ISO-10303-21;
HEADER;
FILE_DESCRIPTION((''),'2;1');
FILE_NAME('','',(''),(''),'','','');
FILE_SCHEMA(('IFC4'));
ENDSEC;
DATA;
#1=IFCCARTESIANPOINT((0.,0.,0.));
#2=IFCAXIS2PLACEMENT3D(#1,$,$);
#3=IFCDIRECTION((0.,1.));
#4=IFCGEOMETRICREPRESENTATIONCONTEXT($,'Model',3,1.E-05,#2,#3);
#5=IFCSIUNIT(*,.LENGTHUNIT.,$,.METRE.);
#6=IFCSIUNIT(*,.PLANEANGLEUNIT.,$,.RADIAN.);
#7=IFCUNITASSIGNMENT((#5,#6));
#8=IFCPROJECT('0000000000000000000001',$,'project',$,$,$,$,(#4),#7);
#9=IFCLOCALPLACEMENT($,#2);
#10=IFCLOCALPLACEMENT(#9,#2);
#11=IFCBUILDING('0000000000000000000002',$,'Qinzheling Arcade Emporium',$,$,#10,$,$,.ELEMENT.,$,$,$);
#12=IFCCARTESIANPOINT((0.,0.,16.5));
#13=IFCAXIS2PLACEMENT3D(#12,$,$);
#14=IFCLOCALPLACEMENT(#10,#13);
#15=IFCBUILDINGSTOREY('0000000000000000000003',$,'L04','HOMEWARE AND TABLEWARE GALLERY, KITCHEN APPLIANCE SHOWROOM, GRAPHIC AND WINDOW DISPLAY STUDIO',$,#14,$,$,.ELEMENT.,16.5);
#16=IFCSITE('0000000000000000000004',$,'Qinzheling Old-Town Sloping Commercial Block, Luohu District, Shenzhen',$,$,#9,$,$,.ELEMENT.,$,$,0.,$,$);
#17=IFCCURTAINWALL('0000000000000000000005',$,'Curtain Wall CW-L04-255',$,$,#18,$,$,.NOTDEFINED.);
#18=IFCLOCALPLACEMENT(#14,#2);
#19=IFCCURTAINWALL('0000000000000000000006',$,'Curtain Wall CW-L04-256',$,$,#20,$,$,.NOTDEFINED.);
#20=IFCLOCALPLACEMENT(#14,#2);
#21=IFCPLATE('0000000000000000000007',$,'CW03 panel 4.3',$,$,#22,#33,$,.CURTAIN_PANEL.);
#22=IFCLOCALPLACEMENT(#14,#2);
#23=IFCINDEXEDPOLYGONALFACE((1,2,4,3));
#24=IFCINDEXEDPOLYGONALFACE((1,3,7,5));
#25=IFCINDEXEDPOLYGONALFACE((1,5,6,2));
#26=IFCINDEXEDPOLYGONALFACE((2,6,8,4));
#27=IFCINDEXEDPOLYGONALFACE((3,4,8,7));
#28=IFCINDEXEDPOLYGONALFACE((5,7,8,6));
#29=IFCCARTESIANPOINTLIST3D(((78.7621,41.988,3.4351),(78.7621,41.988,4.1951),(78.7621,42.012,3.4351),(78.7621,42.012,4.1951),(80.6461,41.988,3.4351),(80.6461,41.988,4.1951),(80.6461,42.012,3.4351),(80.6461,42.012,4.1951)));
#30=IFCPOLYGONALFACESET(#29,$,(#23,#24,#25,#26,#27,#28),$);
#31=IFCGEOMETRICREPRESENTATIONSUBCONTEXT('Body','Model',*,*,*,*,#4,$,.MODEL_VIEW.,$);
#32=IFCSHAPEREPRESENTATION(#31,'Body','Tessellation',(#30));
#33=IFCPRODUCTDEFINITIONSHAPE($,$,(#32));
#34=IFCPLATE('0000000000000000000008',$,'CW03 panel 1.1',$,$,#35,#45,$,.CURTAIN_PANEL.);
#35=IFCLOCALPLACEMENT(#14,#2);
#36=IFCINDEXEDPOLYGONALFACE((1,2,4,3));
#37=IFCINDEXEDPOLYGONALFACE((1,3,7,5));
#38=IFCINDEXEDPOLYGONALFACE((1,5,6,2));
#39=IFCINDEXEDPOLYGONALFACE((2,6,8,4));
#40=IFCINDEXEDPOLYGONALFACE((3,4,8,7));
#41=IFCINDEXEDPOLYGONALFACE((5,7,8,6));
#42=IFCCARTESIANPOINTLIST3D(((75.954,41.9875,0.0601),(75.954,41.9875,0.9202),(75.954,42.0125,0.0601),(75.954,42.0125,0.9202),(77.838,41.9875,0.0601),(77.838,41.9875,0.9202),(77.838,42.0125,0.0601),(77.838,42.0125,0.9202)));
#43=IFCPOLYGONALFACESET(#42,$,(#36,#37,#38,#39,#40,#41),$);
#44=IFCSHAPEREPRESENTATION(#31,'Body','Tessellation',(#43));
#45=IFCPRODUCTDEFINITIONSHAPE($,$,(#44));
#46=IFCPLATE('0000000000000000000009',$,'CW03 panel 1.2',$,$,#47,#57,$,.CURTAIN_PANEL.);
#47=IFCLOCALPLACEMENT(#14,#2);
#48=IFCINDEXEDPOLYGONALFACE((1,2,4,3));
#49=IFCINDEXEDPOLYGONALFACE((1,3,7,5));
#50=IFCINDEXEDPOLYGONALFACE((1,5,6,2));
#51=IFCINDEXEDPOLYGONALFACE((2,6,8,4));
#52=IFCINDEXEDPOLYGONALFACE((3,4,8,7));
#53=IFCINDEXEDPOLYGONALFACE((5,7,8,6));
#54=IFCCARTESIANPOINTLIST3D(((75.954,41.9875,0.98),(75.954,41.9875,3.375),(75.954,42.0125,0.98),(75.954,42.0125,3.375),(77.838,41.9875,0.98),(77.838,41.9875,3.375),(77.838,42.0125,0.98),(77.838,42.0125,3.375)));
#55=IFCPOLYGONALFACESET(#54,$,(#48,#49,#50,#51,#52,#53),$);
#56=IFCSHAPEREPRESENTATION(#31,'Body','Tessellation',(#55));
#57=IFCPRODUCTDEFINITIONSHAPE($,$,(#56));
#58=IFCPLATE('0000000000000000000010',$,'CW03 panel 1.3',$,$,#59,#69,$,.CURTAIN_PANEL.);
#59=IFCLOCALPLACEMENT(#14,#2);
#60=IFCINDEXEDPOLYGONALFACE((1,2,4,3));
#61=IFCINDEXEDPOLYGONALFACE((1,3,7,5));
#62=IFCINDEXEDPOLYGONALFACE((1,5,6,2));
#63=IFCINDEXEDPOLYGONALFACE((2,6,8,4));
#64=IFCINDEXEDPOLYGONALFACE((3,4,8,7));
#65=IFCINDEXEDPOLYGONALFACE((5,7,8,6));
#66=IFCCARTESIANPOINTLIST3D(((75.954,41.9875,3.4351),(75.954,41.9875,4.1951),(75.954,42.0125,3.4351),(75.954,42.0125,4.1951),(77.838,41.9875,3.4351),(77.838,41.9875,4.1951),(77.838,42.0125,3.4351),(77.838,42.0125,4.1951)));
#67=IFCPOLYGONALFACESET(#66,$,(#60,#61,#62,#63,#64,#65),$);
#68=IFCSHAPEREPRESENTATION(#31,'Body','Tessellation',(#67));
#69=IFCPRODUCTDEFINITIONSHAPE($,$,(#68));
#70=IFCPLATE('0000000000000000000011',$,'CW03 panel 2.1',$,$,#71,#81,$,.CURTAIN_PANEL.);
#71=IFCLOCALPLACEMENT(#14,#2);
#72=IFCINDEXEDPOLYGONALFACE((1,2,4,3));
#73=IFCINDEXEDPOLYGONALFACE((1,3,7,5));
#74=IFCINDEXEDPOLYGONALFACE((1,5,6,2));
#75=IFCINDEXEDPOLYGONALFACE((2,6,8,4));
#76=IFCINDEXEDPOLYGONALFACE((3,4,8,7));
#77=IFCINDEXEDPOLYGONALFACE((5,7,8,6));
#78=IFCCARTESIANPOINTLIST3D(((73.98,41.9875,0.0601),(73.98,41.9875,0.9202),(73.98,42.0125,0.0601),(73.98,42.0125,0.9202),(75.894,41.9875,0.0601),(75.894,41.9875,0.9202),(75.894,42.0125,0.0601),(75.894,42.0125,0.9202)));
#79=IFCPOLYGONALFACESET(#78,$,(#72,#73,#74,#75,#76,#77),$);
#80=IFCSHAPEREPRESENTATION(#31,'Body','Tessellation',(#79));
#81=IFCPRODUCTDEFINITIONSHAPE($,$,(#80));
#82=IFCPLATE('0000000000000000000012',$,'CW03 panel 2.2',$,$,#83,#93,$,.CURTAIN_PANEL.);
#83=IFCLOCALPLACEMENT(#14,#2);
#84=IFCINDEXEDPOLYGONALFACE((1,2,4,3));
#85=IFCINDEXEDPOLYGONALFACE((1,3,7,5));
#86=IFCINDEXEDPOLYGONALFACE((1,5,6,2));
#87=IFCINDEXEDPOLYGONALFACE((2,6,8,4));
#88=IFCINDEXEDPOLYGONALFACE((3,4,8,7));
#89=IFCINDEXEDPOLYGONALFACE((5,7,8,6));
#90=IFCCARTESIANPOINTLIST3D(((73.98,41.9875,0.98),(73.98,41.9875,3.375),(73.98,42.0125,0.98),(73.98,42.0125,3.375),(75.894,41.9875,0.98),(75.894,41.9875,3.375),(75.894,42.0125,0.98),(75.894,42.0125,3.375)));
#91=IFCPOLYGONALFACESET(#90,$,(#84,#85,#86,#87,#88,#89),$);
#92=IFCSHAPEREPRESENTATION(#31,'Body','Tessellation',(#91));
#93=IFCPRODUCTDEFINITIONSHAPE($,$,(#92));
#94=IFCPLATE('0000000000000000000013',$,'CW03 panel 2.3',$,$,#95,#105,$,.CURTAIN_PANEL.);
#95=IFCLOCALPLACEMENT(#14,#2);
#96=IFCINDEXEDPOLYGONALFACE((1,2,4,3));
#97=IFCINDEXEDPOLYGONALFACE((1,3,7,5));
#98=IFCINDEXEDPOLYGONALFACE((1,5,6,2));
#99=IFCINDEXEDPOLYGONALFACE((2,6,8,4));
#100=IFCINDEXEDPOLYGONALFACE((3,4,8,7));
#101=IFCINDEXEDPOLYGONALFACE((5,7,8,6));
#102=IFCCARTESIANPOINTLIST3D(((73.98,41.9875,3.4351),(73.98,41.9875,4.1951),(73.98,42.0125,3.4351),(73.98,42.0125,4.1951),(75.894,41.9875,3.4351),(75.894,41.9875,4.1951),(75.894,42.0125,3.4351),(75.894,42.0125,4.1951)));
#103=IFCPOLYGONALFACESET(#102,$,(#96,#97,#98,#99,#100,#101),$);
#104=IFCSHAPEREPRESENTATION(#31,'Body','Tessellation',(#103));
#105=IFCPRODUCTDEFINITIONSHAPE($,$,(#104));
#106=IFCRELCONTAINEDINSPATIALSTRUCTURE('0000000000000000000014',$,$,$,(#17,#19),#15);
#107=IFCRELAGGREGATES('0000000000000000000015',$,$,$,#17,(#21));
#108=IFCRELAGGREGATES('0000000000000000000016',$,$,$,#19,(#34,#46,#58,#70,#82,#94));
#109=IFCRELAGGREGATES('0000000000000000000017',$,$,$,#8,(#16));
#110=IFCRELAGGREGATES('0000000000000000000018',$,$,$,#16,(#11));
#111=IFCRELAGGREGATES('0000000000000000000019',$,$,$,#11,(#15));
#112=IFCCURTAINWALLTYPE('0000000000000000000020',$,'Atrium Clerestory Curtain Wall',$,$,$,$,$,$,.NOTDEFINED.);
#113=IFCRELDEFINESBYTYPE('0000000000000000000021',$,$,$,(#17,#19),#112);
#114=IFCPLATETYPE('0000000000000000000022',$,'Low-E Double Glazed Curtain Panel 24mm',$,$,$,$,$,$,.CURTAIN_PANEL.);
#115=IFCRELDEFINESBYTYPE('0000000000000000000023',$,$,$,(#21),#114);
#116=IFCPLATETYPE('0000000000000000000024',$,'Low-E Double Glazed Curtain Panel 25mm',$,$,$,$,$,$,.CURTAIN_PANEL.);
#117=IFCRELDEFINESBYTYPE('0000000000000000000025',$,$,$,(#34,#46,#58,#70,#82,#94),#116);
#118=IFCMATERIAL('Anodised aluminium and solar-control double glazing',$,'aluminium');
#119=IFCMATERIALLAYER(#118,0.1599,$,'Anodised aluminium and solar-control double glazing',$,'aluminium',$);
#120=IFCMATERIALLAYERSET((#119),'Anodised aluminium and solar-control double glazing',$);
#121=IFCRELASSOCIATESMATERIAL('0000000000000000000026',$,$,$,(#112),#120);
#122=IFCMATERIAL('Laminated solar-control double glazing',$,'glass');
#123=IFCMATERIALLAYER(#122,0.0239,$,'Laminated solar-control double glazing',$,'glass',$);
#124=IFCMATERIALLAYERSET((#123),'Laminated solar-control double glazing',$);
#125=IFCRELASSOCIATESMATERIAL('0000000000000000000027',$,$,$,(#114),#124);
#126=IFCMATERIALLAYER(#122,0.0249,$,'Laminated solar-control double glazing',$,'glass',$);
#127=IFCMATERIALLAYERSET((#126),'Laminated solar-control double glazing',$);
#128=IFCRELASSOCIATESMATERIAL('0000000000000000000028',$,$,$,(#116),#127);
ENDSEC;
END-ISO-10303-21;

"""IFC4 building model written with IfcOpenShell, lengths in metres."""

from ifc_helpers import new_model, si_unit, direction, frame, origin, origin_2d, place, context, subcontext, project, spatial, rectangle, extrude, material, layer, layer_set, type_object, element, aggregate, save


model = new_model("IFC4")

# Units and contexts
model_context = context("Model", 3, precision=1e-05, world=origin(), true_north=direction((0.0, 1.0)))
body_context = subcontext(model_context, "Body", "Model", "MODEL_VIEW")
ifc_project = project(units=[si_unit("LENGTHUNIT", "METRE"), si_unit("PLANEANGLEUNIT", "RADIAN")], contexts=[model_context])

# Site, building, storey
site_placement = place(None, origin())
site = spatial("IfcSite", under=ifc_project, at=site_placement, Name="Qinzheling Old-Town Sloping Commercial Block, Luohu District, Shenzhen", CompositionType="ELEMENT", RefElevation=0.0)
building_placement = place(site_placement, origin())
building = spatial("IfcBuilding", under=site, at=building_placement, Name="Qinzheling Arcade Emporium", CompositionType="ELEMENT")
storey_placement = place(building_placement, frame((0.0, 0.0, 16.5)))
storey = spatial("IfcBuildingStorey", under=building, at=storey_placement, Name="L04", Description="HOMEWARE AND TABLEWARE GALLERY, KITCHEN APPLIANCE SHOWROOM, GRAPHIC AND WINDOW DISPLAY STUDIO", CompositionType="ELEMENT", Elevation=16.5)

# Curtain walls
ifc_material_1 = material(Name="Anodised aluminium and solar-control double glazing", Category="aluminium")
ifc_layer_1 = layer(ifc_material_1, 0.1599, Name="Anodised aluminium and solar-control double glazing", Category="aluminium")
ifc_layer_set_1 = layer_set([ifc_layer_1], Name="Anodised aluminium and solar-control double glazing")
curtain_wall_type = type_object("IfcCurtainWallType", Name="Atrium Clerestory Curtain Wall", PredefinedType="NOTDEFINED", material=ifc_layer_set_1)
curtain_wall_1_placement = place(storey_placement, origin())
curtain_wall_1 = element("IfcCurtainWall", 1, at=curtain_wall_1_placement, inside=storey, type_object=curtain_wall_type, Name="Curtain Wall CW-L04-255", PredefinedType="NOTDEFINED")
curtain_wall_2_placement = place(storey_placement, origin())
curtain_wall_2 = element("IfcCurtainWall", 2, at=curtain_wall_2_placement, inside=storey, type_object=curtain_wall_type, Name="Curtain Wall CW-L04-256", PredefinedType="NOTDEFINED")

# Plates
ifc_material_2 = material(Name="Laminated solar-control double glazing", Category="glass")
ifc_layer_2 = layer(ifc_material_2, 0.0239, Name="Laminated solar-control double glazing", Category="glass")
ifc_layer_set_2 = layer_set([ifc_layer_2], Name="Laminated solar-control double glazing")
plate_type_1 = type_object("IfcPlateType", Name="Low-E Double Glazed Curtain Panel 24mm", PredefinedType="CURTAIN_PANEL", material=ifc_layer_set_2)
plate_1_placement = place(storey_placement, frame((79.7041, 42.0, 3.4351), z_axis=(0.0, 0.0, 1.0), x_axis=(-1.0, 0.0, 0.0)))
plate_1 = element("IfcPlate", 3, at=plate_1_placement, type_object=plate_type_1, Name="CW03 panel 4.3", PredefinedType="CURTAIN_PANEL", context=body_context, shape_type="SweptSolid", body=[
    extrude(rectangle(XDim=1.884, YDim=0.0239, at=origin_2d()), origin(), (0.0, 0.0, 1.0), 0.76),
])
aggregate(curtain_wall_1, [plate_1])
ifc_layer_3 = layer(ifc_material_2, 0.0249, Name="Laminated solar-control double glazing", Category="glass")
ifc_layer_set_3 = layer_set([ifc_layer_3], Name="Laminated solar-control double glazing")
plate_type_2 = type_object("IfcPlateType", Name="Low-E Double Glazed Curtain Panel 25mm", PredefinedType="CURTAIN_PANEL", material=ifc_layer_set_3)
plate_2_placement = place(storey_placement, frame((76.896, 42.0, 0.0601), z_axis=(0.0, 0.0, 1.0), x_axis=(-1.0, 0.0, 0.0)))
plate_2 = element("IfcPlate", 4, at=plate_2_placement, type_object=plate_type_2, Name="CW03 panel 1.1", PredefinedType="CURTAIN_PANEL", context=body_context, shape_type="SweptSolid", body=[
    extrude(rectangle(XDim=1.884, YDim=0.0249, at=origin_2d()), origin(), (0.0, 0.0, 1.0), 0.8601),
])
plate_3_placement = place(storey_placement, frame((76.896, 42.0, 0.98), z_axis=(0.0, 0.0, 1.0), x_axis=(-1.0, 0.0, 0.0)))
plate_3 = element("IfcPlate", 5, at=plate_3_placement, type_object=plate_type_2, Name="CW03 panel 1.2", PredefinedType="CURTAIN_PANEL", context=body_context, shape_type="SweptSolid", body=[
    extrude(rectangle(XDim=1.884, YDim=0.0249, at=origin_2d()), origin(), (0.0, 0.0, 1.0), 2.395),
])
plate_4_placement = place(storey_placement, frame((76.896, 42.0, 3.4351), z_axis=(0.0, 0.0, 1.0), x_axis=(-1.0, 0.0, 0.0)))
plate_4 = element("IfcPlate", 6, at=plate_4_placement, type_object=plate_type_2, Name="CW03 panel 1.3", PredefinedType="CURTAIN_PANEL", context=body_context, shape_type="SweptSolid", body=[
    extrude(rectangle(XDim=1.884, YDim=0.0249, at=origin_2d()), origin(), (0.0, 0.0, 1.0), 0.76),
])
plate_5_placement = place(storey_placement, frame((74.937, 42.0, 0.0601), z_axis=(0.0, 0.0, 1.0), x_axis=(-1.0, 0.0, 0.0)))
plate_5 = element("IfcPlate", 7, at=plate_5_placement, type_object=plate_type_2, Name="CW03 panel 2.1", PredefinedType="CURTAIN_PANEL", context=body_context, shape_type="SweptSolid", body=[
    extrude(rectangle(XDim=1.9141, YDim=0.0249, at=origin_2d()), origin(), (0.0, 0.0, 1.0), 0.8601),
])
plate_6_placement = place(storey_placement, frame((74.937, 42.0, 0.98), z_axis=(0.0, 0.0, 1.0), x_axis=(-1.0, 0.0, 0.0)))
plate_6 = element("IfcPlate", 8, at=plate_6_placement, type_object=plate_type_2, Name="CW03 panel 2.2", PredefinedType="CURTAIN_PANEL", context=body_context, shape_type="SweptSolid", body=[
    extrude(rectangle(XDim=1.9141, YDim=0.0249, at=origin_2d()), origin(), (0.0, 0.0, 1.0), 2.395),
])
plate_7_placement = place(storey_placement, frame((74.937, 42.0, 3.4351), z_axis=(0.0, 0.0, 1.0), x_axis=(-1.0, 0.0, 0.0)))
plate_7 = element("IfcPlate", 9, at=plate_7_placement, type_object=plate_type_2, Name="CW03 panel 2.3", PredefinedType="CURTAIN_PANEL", context=body_context, shape_type="SweptSolid", body=[
    extrude(rectangle(XDim=1.9141, YDim=0.0249, at=origin_2d()), origin(), (0.0, 0.0, 1.0), 0.76),
])
aggregate(curtain_wall_2, [plate_2, plate_3, plate_4, plate_5, plate_6, plate_7])

save(model, "model.ifc")
